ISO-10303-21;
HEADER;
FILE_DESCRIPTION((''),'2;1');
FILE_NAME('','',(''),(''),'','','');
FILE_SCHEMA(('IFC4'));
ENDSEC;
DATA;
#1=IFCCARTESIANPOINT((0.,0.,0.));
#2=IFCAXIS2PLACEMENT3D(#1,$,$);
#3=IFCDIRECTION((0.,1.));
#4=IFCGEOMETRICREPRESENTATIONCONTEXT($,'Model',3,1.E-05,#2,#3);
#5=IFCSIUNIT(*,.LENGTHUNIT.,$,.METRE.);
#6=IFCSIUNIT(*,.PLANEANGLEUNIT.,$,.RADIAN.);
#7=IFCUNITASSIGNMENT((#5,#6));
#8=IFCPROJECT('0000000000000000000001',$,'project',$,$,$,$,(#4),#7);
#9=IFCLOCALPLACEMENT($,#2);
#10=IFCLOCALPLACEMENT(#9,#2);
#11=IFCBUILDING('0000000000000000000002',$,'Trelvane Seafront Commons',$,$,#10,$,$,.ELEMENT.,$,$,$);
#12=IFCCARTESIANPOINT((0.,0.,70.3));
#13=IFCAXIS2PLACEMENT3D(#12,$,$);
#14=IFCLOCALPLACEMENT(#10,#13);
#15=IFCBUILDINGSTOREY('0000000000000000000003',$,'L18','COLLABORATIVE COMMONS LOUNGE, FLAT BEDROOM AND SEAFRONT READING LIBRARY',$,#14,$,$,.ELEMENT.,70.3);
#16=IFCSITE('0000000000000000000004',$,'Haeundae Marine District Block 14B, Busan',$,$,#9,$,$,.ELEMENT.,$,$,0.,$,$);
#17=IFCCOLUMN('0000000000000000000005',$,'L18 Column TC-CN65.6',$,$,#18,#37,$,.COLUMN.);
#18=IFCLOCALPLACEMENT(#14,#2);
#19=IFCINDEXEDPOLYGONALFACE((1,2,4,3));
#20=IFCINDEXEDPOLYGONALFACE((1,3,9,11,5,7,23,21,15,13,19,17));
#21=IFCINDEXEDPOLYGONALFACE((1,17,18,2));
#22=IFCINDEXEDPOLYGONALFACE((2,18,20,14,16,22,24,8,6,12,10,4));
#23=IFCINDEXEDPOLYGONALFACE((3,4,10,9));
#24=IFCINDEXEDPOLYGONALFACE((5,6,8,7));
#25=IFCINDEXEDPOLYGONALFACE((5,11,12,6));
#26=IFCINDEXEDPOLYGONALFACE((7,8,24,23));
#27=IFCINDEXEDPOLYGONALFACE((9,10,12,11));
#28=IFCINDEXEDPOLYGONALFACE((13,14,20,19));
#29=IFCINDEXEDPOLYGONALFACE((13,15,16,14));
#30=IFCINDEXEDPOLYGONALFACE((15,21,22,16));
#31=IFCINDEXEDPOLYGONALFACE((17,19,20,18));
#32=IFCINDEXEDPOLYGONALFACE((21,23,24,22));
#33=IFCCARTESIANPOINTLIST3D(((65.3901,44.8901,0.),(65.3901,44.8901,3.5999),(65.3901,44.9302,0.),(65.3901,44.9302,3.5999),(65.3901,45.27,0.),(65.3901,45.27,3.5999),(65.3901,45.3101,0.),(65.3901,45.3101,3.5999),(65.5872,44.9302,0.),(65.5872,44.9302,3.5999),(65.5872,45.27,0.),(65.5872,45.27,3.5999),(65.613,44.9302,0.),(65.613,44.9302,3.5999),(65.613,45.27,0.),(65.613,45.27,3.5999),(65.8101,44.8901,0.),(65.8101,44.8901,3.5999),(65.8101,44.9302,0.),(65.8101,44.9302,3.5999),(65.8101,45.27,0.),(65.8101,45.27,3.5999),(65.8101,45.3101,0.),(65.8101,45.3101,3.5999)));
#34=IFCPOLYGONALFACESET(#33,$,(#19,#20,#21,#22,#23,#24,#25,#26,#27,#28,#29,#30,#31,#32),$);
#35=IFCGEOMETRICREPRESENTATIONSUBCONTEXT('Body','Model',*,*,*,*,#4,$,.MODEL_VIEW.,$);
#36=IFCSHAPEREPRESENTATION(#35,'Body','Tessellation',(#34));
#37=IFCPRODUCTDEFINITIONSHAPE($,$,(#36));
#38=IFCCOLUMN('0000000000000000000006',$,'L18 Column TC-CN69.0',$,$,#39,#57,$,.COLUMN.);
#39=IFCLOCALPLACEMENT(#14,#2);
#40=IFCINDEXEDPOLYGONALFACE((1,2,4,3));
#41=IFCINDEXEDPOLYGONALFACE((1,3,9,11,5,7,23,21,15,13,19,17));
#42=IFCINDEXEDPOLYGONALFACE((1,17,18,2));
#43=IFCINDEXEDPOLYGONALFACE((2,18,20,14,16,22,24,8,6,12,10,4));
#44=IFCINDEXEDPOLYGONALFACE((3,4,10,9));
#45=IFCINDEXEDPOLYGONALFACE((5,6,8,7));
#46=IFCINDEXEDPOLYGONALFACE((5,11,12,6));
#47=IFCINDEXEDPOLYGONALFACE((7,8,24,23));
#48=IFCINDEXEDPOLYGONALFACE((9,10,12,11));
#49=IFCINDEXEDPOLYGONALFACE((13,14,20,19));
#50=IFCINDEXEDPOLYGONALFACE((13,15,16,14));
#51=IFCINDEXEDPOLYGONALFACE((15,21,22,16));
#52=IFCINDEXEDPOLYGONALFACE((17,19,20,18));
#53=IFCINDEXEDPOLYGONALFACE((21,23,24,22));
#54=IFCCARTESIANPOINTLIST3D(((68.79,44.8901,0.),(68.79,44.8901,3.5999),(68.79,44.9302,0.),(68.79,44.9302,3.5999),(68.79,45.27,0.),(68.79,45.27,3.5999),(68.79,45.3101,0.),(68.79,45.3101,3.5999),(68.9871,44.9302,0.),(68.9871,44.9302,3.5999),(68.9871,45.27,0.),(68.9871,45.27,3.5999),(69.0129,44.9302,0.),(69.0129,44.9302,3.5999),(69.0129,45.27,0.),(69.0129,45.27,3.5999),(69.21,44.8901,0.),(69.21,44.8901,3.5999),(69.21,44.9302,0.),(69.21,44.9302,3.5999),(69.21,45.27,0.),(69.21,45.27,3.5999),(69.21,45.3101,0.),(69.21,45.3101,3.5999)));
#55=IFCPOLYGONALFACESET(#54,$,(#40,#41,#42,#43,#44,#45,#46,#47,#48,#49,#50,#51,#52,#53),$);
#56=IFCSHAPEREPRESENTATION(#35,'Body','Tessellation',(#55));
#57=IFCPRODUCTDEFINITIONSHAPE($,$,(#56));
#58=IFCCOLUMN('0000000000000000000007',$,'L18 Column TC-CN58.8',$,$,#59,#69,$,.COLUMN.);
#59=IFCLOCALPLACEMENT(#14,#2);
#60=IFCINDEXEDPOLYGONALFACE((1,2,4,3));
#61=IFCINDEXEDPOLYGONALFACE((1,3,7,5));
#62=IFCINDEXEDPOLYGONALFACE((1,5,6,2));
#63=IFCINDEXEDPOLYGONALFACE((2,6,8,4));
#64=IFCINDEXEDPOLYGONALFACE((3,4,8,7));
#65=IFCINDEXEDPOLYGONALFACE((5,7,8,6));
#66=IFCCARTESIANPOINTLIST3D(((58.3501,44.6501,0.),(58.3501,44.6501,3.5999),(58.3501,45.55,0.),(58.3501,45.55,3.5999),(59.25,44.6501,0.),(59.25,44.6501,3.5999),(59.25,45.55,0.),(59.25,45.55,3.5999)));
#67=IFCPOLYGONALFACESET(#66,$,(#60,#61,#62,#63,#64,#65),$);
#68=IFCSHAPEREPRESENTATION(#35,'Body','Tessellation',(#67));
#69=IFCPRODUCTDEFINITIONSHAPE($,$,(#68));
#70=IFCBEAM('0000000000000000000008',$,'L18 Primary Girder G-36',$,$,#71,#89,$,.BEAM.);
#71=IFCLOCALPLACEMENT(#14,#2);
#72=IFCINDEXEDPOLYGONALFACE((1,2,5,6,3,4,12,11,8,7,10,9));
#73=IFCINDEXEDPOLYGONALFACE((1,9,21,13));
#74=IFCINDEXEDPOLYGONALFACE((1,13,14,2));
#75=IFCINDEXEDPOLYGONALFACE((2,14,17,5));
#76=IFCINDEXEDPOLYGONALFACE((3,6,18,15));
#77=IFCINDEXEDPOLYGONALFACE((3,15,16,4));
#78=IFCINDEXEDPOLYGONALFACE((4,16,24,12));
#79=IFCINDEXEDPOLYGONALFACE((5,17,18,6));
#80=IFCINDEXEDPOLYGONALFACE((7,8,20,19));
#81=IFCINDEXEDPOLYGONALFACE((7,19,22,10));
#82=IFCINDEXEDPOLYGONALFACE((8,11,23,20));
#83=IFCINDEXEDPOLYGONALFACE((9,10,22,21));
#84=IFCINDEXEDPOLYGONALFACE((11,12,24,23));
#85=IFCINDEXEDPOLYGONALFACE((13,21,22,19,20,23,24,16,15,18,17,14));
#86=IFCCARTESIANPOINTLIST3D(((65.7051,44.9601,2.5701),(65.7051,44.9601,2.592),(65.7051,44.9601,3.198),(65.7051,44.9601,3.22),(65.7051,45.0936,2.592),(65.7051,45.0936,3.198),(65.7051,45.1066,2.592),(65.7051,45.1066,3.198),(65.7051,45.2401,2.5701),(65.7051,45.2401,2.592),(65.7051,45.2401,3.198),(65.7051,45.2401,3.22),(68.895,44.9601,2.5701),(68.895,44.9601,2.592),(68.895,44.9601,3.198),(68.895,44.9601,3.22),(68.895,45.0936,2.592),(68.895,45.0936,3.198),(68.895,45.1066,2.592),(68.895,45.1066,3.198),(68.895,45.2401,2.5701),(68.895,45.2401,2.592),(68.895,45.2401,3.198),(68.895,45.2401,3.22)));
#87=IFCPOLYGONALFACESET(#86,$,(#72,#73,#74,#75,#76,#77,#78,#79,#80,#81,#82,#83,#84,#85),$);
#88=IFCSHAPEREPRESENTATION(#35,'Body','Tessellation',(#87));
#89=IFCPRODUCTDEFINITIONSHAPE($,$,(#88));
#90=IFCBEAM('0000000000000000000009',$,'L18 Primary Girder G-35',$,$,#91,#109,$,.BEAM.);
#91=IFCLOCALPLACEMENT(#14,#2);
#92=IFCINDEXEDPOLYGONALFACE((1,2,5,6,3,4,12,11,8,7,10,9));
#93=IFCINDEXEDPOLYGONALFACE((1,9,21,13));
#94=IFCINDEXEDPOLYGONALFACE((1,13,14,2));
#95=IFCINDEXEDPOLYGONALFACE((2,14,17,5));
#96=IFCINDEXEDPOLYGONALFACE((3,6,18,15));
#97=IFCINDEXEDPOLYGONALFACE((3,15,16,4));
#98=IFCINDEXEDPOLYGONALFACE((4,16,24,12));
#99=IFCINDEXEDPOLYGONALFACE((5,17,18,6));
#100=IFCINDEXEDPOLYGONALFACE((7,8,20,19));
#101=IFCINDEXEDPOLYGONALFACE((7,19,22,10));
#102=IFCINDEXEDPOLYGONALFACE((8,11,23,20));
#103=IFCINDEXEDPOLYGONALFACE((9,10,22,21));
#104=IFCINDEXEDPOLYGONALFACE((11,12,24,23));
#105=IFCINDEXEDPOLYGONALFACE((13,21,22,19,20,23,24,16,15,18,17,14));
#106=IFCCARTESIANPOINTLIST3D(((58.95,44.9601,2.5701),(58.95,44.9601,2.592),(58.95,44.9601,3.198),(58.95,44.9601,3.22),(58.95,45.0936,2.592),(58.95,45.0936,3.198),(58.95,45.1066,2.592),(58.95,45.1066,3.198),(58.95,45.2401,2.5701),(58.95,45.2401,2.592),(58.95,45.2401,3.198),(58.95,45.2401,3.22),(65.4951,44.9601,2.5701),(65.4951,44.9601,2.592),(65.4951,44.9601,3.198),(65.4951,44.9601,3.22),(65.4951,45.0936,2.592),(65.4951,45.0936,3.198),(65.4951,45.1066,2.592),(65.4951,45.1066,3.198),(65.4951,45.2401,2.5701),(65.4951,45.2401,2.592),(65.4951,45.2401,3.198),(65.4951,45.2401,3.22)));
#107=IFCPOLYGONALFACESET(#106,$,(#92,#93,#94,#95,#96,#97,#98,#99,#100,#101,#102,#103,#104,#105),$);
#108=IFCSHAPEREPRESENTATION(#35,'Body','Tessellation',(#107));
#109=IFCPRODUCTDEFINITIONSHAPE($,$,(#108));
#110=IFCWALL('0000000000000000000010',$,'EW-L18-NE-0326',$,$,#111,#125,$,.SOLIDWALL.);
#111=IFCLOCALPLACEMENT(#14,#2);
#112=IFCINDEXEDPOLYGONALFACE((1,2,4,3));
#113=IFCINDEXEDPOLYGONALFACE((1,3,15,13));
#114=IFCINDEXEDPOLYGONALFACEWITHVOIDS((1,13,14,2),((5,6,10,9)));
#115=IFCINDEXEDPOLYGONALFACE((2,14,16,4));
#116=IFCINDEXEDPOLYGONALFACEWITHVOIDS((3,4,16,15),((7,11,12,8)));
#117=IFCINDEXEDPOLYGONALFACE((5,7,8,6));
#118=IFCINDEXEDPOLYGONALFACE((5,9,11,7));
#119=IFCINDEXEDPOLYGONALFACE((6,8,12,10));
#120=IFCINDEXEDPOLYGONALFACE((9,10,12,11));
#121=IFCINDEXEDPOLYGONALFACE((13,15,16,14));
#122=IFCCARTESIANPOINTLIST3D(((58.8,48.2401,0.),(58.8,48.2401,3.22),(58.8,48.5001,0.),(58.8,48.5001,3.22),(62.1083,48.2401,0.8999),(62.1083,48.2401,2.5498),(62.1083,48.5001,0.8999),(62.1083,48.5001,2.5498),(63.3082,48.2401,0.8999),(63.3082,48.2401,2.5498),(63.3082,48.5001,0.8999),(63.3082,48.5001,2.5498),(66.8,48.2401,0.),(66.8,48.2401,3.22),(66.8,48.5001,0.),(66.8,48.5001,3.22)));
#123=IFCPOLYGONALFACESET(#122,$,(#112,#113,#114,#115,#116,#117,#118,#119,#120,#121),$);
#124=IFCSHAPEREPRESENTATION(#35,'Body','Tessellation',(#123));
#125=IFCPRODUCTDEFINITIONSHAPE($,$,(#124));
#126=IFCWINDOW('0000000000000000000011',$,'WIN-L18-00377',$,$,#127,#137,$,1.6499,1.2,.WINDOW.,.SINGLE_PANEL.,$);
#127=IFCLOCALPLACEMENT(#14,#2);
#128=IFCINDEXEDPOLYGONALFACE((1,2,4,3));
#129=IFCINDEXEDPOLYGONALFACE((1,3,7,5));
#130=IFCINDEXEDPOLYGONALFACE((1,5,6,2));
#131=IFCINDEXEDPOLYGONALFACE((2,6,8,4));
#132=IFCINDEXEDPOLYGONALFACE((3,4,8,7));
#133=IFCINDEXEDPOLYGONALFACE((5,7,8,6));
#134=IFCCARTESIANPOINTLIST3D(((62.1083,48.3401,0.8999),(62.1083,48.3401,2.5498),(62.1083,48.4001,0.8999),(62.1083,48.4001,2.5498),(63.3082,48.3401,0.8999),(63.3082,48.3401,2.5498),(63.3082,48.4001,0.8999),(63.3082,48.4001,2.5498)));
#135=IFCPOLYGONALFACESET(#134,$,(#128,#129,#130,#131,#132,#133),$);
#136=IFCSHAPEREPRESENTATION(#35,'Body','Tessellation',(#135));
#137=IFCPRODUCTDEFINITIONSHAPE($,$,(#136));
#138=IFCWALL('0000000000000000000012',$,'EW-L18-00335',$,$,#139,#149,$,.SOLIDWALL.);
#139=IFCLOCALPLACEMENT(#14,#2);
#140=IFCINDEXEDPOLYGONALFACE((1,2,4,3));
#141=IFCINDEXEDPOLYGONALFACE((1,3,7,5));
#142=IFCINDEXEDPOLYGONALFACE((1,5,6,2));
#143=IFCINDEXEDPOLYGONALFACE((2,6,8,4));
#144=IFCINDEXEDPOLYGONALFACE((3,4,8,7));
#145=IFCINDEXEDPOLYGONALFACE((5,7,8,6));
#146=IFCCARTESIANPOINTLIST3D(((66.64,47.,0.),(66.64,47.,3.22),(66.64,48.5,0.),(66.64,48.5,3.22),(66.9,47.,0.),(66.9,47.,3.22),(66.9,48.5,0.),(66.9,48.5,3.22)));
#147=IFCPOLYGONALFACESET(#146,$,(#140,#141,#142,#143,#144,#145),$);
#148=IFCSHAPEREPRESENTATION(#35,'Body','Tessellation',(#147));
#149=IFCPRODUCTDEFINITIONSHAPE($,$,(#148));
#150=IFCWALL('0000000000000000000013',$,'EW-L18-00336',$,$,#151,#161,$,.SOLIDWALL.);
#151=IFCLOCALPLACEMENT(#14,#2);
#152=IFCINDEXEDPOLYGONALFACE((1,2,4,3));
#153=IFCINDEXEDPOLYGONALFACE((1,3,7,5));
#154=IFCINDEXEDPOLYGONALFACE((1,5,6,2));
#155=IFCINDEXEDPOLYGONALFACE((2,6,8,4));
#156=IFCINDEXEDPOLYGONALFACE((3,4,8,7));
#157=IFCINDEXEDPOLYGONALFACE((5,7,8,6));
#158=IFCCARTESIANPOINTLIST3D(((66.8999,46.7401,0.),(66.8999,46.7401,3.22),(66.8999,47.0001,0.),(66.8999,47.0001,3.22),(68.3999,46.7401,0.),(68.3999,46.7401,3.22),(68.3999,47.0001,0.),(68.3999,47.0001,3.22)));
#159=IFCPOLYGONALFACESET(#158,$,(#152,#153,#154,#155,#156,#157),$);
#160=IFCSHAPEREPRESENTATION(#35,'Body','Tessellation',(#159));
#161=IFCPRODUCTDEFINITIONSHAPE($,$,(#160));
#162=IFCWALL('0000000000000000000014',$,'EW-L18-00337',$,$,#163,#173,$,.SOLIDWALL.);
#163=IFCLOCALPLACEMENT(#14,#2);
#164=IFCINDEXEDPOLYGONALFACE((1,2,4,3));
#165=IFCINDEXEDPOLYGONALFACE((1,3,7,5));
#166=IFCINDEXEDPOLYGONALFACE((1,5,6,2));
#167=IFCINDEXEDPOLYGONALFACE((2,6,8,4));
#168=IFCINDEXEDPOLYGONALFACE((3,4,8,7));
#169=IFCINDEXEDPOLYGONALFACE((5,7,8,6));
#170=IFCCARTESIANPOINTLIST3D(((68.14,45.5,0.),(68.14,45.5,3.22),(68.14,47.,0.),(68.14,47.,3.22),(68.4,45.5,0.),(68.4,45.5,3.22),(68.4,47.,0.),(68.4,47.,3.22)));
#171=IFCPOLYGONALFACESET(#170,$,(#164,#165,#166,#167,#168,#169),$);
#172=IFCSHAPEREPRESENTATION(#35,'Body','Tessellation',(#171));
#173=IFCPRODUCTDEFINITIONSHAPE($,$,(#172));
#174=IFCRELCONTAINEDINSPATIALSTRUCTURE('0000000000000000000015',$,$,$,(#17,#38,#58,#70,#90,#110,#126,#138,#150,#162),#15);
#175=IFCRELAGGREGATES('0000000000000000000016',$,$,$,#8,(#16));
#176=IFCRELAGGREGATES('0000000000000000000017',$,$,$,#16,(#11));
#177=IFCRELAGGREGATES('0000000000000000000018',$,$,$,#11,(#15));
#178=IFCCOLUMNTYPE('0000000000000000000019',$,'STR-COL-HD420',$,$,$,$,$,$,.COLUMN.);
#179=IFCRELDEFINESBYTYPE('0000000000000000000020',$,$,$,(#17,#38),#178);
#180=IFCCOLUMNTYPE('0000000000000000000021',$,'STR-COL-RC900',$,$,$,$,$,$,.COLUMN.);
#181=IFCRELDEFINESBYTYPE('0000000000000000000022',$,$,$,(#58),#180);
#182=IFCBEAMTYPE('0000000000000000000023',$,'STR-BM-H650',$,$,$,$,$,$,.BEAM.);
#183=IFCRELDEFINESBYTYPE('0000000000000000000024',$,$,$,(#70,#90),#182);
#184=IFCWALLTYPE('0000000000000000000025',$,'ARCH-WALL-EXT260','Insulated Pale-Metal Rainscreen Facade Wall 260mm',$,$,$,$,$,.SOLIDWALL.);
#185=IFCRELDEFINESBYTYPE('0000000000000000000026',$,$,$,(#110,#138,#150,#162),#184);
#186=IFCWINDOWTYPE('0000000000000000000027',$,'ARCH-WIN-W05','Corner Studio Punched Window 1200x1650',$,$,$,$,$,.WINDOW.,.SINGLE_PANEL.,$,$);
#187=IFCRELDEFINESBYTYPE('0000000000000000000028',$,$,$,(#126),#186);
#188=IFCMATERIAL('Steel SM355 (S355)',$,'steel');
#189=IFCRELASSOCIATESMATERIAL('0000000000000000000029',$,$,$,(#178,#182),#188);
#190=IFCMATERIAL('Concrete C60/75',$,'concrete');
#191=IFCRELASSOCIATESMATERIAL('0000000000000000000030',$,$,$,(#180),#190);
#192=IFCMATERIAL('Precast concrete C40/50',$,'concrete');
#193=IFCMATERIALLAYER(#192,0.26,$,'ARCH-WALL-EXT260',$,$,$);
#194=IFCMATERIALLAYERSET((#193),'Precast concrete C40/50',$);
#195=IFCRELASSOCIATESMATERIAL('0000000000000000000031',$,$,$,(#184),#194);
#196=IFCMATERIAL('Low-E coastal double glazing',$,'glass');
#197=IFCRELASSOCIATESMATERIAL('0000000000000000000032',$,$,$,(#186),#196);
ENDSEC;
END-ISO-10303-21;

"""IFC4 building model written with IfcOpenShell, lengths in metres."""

from ifc_helpers import new_model, si_unit, direction, frame, frame_2d, origin, origin_2d, place, context, subcontext, project, spatial, rectangle, i_section, extrude, source, transform, mapped, material, layer, layer_set, material_profile, profile_set, type_object, element, fill, save


model = new_model("IFC4")

# Units and contexts
model_context = context("Model", 3, precision=1e-05, world=origin(), true_north=direction((0.0, 1.0)))
body_context = subcontext(model_context, "Body", "Model", "MODEL_VIEW")
ifc_project = project(units=[si_unit("LENGTHUNIT", "METRE"), si_unit("PLANEANGLEUNIT", "RADIAN")], contexts=[model_context])

# Site, building, storey
site_placement = place(None, origin())
site = spatial("IfcSite", under=ifc_project, at=site_placement, Name="Haeundae Marine District Block 14B, Busan", CompositionType="ELEMENT", RefElevation=0.0)
building_placement = place(site_placement, origin())
building = spatial("IfcBuilding", under=site, at=building_placement, Name="Trelvane Seafront Commons", CompositionType="ELEMENT")
storey_placement = place(building_placement, frame((0.0, 0.0, 70.3)))
storey = spatial("IfcBuildingStorey", under=building, at=storey_placement, Name="L18", Description="COLLABORATIVE COMMONS LOUNGE, FLAT BEDROOM AND SEAFRONT READING LIBRARY", CompositionType="ELEMENT", Elevation=70.3)

# Columns
ifc_material_1 = material(Name="Steel SM355 (S355)", Category="steel")
ifc_material_profile_1 = material_profile(ifc_material_1, i_section(OverallWidth=0.4199, OverallDepth=0.4199, WebThickness=0.0259, FlangeThickness=0.04, at=origin_2d()), Name="HD-420x420x26x40")
ifc_profile_set_1 = profile_set([ifc_material_profile_1], Name="Steel SM355 (S355)")
column_type_1 = type_object("IfcColumnType", Name="STR-COL-HD420", PredefinedType="COLUMN", material=ifc_profile_set_1)
shared_shape_1 = source(origin(), body_context, "Body", "SweptSolid", [
    extrude(i_section(OverallWidth=0.4199, OverallDepth=0.4199, WebThickness=0.0259, FlangeThickness=0.04, at=origin_2d()), origin(), (0.0, 0.0, 1.0), 3.5999),
])
for number, where, z_axis, x_axis, name in (
    (1, (65.6001, 45.1001, 0.0), (0.0, 0.0, 1.0), (1.0, 0.0, 0.0), "L18 Column TC-CN65.6"),
    (2, (69.0, 45.1001, 0.0), (0.0, 0.0, 1.0), (1.0, 0.0, 0.0), "L18 Column TC-CN69.0"),
):
    element("IfcColumn", number, at=place(storey_placement, frame(where, z_axis=z_axis, x_axis=x_axis)), inside=storey, type_object=column_type_1, Name=name, PredefinedType="COLUMN", context=body_context, shape_type="MappedRepresentation", body=[
        mapped(shared_shape_1, transform((0.0, 0.0, 0.0), x_axis=(1.0, 0.0, 0.0), y_axis=(0.0, 1.0, 0.0), z_axis=(0.0, 0.0, 1.0), scale=1.0)),
    ])
ifc_material_2 = material(Name="Concrete C60/75", Category="concrete")
ifc_material_profile_2 = material_profile(ifc_material_2, rectangle(XDim=0.8999, YDim=0.8999, at=origin_2d()), Name="RC-900x900")
ifc_profile_set_2 = profile_set([ifc_material_profile_2], Name="Concrete C60/75")
column_type_2 = type_object("IfcColumnType", Name="STR-COL-RC900", PredefinedType="COLUMN", material=ifc_profile_set_2)
shared_shape_2 = source(origin(), body_context, "Body", "SweptSolid", [
    extrude(rectangle(XDim=0.8999, YDim=0.8999, at=origin_2d()), origin(), (0.0, 0.0, 1.0), 3.5999),
])
column_placement = place(storey_placement, frame((58.8, 45.1001, 0.0), z_axis=(0.0, 0.0, 1.0), x_axis=(1.0, 0.0, 0.0)))
element("IfcColumn", 3, at=column_placement, inside=storey, type_object=column_type_2, Name="L18 Column TC-CN58.8", PredefinedType="COLUMN", context=body_context, shape_type="MappedRepresentation", body=[
    mapped(shared_shape_2, transform((0.0, 0.0, 0.0), x_axis=(1.0, 0.0, 0.0), y_axis=(0.0, 1.0, 0.0), z_axis=(0.0, 0.0, 1.0), scale=1.0)),
])

# Beams
ifc_material_profile_3 = material_profile(ifc_material_1, i_section(OverallWidth=0.28, OverallDepth=0.6499, WebThickness=0.0129, FlangeThickness=0.022, at=origin_2d()), Name="H-650x280x13x22")
ifc_profile_set_3 = profile_set([ifc_material_profile_3], Name="Steel SM355 (S355)")
beam_type = type_object("IfcBeamType", Name="STR-BM-H650", PredefinedType="BEAM", material=ifc_profile_set_3)
shared_shape_3 = source(origin(), body_context, "Body", "SweptSolid", [
    extrude(i_section(OverallWidth=0.28, OverallDepth=0.6499, WebThickness=0.0129, FlangeThickness=0.022, at=origin_2d()), origin(), (0.0, 0.0, 1.0), 3.1899),
])
beam_1_placement = place(storey_placement, frame((65.7051, 45.1001, 2.895), z_axis=(1.0, 0.0, 0.0), x_axis=(0.0, 1.0, 0.0)))
element("IfcBeam", 4, at=beam_1_placement, inside=storey, type_object=beam_type, Name="L18 Primary Girder G-36", PredefinedType="BEAM", context=body_context, shape_type="MappedRepresentation", body=[
    mapped(shared_shape_3, transform((0.0, 0.0, 0.0), x_axis=(1.0, 0.0, 0.0), y_axis=(0.0, 1.0, 0.0), z_axis=(0.0, 0.0, 1.0), scale=1.0)),
])
shared_shape_4 = source(origin(), body_context, "Body", "SweptSolid", [
    extrude(i_section(OverallWidth=0.28, OverallDepth=0.6499, WebThickness=0.0129, FlangeThickness=0.022, at=origin_2d()), origin(), (0.0, 0.0, 1.0), 6.5452),
])
beam_2_placement = place(storey_placement, frame((58.95, 45.1001, 2.895), z_axis=(1.0, 0.0, 0.0), x_axis=(0.0, 1.0, 0.0)))
element("IfcBeam", 5, at=beam_2_placement, inside=storey, type_object=beam_type, Name="L18 Primary Girder G-35", PredefinedType="BEAM", context=body_context, shape_type="MappedRepresentation", body=[
    mapped(shared_shape_4, transform((0.0, 0.0, 0.0), x_axis=(1.0, 0.0, 0.0), y_axis=(0.0, 1.0, 0.0), z_axis=(0.0, 0.0, 1.0), scale=1.0)),
])

# Wall, opening, window
ifc_material_3 = material(Name="Precast concrete C40/50", Category="concrete")
ifc_layer_1 = layer(ifc_material_3, 0.26, Name="ARCH-WALL-EXT260")
ifc_layer_set_1 = layer_set([ifc_layer_1], Name="Precast concrete C40/50")
wall_type_1 = type_object("IfcWallType", Name="ARCH-WALL-EXT260", Description="Insulated Pale-Metal Rainscreen Facade Wall 260mm", PredefinedType="SOLIDWALL", material=ifc_layer_set_1)
wall_1_placement = place(storey_placement, frame((58.8, 48.3701, 0.0), z_axis=(0.0, 0.0, 1.0), x_axis=(1.0, 0.0, 0.0)))
wall_1 = element("IfcWall", 6, at=wall_1_placement, inside=storey, type_object=wall_type_1, Name="EW-L18-NE-0326", PredefinedType="SOLIDWALL", context=body_context, shape_type="SweptSolid", body=[
    extrude(rectangle(XDim=8.0, YDim=0.26, at=frame_2d((4.0, 0.0))), origin(), (0.0, 0.0, 1.0), 3.22),
])
opening_1_placement = place(wall_1_placement, frame((3.3081, 0.0, 0.8999)))
opening_1 = element("IfcOpeningElement", 7, at=opening_1_placement, cuts=wall_1, PredefinedType="OPENING", context=body_context, shape_type="SweptSolid", body=[
    extrude(rectangle(XDim=1.2, YDim=1.6499, at=frame_2d((0.6001, 0.825))), frame((0.0, 0.1399, 0.0), z_axis=(0.0, -1.0, 0.0), x_axis=(1.0, 0.0, 0.0)), (0.0, 0.0, 1.0), 0.28),
])
ifc_material_4 = material(Name="Low-E coastal double glazing", Category="glass")
window_type_1 = type_object("IfcWindowType", Name="ARCH-WIN-W05", Description="Corner Studio Punched Window 1200x1650", PartitioningType="SINGLE_PANEL", PredefinedType="WINDOW", material=ifc_material_4)
shared_shape_5 = source(origin(), body_context, "Body", "SweptSolid", [
    extrude(rectangle(XDim=1.2, YDim=1.6499, at=frame_2d((0.6001, 0.825))), frame((0.0, 0.03, 0.0), z_axis=(0.0, -1.0, 0.0), x_axis=(1.0, 0.0, 0.0)), (0.0, 0.0, 1.0), 0.0601),
])
window_1_placement = place(opening_1_placement, origin())
window_1 = element("IfcWindow", 8, at=window_1_placement, inside=storey, type_object=window_type_1, Name="WIN-L18-00377", OverallHeight=1.6499, OverallWidth=1.2, PartitioningType="SINGLE_PANEL", PredefinedType="WINDOW", context=body_context, shape_type="MappedRepresentation", body=[
    mapped(shared_shape_5, transform((0.0, 0.0, 0.0), x_axis=(1.0, 0.0, 0.0), y_axis=(0.0, 1.0, 0.0), z_axis=(0.0, 0.0, 1.0), scale=1.0)),
])
fill(opening_1, window_1)

# Walls
for number, where, z_axis, x_axis, name in (
    (9, (66.77, 48.5, 0.0), (0.0, 0.0, 1.0), (0.0, -1.0, 0.0), "EW-L18-00335"),
    (10, (66.8999, 46.8701, 0.0), (0.0, 0.0, 1.0), (1.0, 0.0, 0.0), "EW-L18-00336"),
    (11, (68.27, 47.0, 0.0), (0.0, 0.0, 1.0), (0.0, -1.0, 0.0), "EW-L18-00337"),
):
    element("IfcWall", number, at=place(storey_placement, frame(where, z_axis=z_axis, x_axis=x_axis)), inside=storey, type_object=wall_type_1, Name=name, PredefinedType="SOLIDWALL", context=body_context, shape_type="SweptSolid", body=[
        extrude(rectangle(XDim=1.5, YDim=0.26, at=frame_2d((0.75, 0.0))), origin(), (0.0, 0.0, 1.0), 3.22),
    ])

save(model, "model.ifc")
